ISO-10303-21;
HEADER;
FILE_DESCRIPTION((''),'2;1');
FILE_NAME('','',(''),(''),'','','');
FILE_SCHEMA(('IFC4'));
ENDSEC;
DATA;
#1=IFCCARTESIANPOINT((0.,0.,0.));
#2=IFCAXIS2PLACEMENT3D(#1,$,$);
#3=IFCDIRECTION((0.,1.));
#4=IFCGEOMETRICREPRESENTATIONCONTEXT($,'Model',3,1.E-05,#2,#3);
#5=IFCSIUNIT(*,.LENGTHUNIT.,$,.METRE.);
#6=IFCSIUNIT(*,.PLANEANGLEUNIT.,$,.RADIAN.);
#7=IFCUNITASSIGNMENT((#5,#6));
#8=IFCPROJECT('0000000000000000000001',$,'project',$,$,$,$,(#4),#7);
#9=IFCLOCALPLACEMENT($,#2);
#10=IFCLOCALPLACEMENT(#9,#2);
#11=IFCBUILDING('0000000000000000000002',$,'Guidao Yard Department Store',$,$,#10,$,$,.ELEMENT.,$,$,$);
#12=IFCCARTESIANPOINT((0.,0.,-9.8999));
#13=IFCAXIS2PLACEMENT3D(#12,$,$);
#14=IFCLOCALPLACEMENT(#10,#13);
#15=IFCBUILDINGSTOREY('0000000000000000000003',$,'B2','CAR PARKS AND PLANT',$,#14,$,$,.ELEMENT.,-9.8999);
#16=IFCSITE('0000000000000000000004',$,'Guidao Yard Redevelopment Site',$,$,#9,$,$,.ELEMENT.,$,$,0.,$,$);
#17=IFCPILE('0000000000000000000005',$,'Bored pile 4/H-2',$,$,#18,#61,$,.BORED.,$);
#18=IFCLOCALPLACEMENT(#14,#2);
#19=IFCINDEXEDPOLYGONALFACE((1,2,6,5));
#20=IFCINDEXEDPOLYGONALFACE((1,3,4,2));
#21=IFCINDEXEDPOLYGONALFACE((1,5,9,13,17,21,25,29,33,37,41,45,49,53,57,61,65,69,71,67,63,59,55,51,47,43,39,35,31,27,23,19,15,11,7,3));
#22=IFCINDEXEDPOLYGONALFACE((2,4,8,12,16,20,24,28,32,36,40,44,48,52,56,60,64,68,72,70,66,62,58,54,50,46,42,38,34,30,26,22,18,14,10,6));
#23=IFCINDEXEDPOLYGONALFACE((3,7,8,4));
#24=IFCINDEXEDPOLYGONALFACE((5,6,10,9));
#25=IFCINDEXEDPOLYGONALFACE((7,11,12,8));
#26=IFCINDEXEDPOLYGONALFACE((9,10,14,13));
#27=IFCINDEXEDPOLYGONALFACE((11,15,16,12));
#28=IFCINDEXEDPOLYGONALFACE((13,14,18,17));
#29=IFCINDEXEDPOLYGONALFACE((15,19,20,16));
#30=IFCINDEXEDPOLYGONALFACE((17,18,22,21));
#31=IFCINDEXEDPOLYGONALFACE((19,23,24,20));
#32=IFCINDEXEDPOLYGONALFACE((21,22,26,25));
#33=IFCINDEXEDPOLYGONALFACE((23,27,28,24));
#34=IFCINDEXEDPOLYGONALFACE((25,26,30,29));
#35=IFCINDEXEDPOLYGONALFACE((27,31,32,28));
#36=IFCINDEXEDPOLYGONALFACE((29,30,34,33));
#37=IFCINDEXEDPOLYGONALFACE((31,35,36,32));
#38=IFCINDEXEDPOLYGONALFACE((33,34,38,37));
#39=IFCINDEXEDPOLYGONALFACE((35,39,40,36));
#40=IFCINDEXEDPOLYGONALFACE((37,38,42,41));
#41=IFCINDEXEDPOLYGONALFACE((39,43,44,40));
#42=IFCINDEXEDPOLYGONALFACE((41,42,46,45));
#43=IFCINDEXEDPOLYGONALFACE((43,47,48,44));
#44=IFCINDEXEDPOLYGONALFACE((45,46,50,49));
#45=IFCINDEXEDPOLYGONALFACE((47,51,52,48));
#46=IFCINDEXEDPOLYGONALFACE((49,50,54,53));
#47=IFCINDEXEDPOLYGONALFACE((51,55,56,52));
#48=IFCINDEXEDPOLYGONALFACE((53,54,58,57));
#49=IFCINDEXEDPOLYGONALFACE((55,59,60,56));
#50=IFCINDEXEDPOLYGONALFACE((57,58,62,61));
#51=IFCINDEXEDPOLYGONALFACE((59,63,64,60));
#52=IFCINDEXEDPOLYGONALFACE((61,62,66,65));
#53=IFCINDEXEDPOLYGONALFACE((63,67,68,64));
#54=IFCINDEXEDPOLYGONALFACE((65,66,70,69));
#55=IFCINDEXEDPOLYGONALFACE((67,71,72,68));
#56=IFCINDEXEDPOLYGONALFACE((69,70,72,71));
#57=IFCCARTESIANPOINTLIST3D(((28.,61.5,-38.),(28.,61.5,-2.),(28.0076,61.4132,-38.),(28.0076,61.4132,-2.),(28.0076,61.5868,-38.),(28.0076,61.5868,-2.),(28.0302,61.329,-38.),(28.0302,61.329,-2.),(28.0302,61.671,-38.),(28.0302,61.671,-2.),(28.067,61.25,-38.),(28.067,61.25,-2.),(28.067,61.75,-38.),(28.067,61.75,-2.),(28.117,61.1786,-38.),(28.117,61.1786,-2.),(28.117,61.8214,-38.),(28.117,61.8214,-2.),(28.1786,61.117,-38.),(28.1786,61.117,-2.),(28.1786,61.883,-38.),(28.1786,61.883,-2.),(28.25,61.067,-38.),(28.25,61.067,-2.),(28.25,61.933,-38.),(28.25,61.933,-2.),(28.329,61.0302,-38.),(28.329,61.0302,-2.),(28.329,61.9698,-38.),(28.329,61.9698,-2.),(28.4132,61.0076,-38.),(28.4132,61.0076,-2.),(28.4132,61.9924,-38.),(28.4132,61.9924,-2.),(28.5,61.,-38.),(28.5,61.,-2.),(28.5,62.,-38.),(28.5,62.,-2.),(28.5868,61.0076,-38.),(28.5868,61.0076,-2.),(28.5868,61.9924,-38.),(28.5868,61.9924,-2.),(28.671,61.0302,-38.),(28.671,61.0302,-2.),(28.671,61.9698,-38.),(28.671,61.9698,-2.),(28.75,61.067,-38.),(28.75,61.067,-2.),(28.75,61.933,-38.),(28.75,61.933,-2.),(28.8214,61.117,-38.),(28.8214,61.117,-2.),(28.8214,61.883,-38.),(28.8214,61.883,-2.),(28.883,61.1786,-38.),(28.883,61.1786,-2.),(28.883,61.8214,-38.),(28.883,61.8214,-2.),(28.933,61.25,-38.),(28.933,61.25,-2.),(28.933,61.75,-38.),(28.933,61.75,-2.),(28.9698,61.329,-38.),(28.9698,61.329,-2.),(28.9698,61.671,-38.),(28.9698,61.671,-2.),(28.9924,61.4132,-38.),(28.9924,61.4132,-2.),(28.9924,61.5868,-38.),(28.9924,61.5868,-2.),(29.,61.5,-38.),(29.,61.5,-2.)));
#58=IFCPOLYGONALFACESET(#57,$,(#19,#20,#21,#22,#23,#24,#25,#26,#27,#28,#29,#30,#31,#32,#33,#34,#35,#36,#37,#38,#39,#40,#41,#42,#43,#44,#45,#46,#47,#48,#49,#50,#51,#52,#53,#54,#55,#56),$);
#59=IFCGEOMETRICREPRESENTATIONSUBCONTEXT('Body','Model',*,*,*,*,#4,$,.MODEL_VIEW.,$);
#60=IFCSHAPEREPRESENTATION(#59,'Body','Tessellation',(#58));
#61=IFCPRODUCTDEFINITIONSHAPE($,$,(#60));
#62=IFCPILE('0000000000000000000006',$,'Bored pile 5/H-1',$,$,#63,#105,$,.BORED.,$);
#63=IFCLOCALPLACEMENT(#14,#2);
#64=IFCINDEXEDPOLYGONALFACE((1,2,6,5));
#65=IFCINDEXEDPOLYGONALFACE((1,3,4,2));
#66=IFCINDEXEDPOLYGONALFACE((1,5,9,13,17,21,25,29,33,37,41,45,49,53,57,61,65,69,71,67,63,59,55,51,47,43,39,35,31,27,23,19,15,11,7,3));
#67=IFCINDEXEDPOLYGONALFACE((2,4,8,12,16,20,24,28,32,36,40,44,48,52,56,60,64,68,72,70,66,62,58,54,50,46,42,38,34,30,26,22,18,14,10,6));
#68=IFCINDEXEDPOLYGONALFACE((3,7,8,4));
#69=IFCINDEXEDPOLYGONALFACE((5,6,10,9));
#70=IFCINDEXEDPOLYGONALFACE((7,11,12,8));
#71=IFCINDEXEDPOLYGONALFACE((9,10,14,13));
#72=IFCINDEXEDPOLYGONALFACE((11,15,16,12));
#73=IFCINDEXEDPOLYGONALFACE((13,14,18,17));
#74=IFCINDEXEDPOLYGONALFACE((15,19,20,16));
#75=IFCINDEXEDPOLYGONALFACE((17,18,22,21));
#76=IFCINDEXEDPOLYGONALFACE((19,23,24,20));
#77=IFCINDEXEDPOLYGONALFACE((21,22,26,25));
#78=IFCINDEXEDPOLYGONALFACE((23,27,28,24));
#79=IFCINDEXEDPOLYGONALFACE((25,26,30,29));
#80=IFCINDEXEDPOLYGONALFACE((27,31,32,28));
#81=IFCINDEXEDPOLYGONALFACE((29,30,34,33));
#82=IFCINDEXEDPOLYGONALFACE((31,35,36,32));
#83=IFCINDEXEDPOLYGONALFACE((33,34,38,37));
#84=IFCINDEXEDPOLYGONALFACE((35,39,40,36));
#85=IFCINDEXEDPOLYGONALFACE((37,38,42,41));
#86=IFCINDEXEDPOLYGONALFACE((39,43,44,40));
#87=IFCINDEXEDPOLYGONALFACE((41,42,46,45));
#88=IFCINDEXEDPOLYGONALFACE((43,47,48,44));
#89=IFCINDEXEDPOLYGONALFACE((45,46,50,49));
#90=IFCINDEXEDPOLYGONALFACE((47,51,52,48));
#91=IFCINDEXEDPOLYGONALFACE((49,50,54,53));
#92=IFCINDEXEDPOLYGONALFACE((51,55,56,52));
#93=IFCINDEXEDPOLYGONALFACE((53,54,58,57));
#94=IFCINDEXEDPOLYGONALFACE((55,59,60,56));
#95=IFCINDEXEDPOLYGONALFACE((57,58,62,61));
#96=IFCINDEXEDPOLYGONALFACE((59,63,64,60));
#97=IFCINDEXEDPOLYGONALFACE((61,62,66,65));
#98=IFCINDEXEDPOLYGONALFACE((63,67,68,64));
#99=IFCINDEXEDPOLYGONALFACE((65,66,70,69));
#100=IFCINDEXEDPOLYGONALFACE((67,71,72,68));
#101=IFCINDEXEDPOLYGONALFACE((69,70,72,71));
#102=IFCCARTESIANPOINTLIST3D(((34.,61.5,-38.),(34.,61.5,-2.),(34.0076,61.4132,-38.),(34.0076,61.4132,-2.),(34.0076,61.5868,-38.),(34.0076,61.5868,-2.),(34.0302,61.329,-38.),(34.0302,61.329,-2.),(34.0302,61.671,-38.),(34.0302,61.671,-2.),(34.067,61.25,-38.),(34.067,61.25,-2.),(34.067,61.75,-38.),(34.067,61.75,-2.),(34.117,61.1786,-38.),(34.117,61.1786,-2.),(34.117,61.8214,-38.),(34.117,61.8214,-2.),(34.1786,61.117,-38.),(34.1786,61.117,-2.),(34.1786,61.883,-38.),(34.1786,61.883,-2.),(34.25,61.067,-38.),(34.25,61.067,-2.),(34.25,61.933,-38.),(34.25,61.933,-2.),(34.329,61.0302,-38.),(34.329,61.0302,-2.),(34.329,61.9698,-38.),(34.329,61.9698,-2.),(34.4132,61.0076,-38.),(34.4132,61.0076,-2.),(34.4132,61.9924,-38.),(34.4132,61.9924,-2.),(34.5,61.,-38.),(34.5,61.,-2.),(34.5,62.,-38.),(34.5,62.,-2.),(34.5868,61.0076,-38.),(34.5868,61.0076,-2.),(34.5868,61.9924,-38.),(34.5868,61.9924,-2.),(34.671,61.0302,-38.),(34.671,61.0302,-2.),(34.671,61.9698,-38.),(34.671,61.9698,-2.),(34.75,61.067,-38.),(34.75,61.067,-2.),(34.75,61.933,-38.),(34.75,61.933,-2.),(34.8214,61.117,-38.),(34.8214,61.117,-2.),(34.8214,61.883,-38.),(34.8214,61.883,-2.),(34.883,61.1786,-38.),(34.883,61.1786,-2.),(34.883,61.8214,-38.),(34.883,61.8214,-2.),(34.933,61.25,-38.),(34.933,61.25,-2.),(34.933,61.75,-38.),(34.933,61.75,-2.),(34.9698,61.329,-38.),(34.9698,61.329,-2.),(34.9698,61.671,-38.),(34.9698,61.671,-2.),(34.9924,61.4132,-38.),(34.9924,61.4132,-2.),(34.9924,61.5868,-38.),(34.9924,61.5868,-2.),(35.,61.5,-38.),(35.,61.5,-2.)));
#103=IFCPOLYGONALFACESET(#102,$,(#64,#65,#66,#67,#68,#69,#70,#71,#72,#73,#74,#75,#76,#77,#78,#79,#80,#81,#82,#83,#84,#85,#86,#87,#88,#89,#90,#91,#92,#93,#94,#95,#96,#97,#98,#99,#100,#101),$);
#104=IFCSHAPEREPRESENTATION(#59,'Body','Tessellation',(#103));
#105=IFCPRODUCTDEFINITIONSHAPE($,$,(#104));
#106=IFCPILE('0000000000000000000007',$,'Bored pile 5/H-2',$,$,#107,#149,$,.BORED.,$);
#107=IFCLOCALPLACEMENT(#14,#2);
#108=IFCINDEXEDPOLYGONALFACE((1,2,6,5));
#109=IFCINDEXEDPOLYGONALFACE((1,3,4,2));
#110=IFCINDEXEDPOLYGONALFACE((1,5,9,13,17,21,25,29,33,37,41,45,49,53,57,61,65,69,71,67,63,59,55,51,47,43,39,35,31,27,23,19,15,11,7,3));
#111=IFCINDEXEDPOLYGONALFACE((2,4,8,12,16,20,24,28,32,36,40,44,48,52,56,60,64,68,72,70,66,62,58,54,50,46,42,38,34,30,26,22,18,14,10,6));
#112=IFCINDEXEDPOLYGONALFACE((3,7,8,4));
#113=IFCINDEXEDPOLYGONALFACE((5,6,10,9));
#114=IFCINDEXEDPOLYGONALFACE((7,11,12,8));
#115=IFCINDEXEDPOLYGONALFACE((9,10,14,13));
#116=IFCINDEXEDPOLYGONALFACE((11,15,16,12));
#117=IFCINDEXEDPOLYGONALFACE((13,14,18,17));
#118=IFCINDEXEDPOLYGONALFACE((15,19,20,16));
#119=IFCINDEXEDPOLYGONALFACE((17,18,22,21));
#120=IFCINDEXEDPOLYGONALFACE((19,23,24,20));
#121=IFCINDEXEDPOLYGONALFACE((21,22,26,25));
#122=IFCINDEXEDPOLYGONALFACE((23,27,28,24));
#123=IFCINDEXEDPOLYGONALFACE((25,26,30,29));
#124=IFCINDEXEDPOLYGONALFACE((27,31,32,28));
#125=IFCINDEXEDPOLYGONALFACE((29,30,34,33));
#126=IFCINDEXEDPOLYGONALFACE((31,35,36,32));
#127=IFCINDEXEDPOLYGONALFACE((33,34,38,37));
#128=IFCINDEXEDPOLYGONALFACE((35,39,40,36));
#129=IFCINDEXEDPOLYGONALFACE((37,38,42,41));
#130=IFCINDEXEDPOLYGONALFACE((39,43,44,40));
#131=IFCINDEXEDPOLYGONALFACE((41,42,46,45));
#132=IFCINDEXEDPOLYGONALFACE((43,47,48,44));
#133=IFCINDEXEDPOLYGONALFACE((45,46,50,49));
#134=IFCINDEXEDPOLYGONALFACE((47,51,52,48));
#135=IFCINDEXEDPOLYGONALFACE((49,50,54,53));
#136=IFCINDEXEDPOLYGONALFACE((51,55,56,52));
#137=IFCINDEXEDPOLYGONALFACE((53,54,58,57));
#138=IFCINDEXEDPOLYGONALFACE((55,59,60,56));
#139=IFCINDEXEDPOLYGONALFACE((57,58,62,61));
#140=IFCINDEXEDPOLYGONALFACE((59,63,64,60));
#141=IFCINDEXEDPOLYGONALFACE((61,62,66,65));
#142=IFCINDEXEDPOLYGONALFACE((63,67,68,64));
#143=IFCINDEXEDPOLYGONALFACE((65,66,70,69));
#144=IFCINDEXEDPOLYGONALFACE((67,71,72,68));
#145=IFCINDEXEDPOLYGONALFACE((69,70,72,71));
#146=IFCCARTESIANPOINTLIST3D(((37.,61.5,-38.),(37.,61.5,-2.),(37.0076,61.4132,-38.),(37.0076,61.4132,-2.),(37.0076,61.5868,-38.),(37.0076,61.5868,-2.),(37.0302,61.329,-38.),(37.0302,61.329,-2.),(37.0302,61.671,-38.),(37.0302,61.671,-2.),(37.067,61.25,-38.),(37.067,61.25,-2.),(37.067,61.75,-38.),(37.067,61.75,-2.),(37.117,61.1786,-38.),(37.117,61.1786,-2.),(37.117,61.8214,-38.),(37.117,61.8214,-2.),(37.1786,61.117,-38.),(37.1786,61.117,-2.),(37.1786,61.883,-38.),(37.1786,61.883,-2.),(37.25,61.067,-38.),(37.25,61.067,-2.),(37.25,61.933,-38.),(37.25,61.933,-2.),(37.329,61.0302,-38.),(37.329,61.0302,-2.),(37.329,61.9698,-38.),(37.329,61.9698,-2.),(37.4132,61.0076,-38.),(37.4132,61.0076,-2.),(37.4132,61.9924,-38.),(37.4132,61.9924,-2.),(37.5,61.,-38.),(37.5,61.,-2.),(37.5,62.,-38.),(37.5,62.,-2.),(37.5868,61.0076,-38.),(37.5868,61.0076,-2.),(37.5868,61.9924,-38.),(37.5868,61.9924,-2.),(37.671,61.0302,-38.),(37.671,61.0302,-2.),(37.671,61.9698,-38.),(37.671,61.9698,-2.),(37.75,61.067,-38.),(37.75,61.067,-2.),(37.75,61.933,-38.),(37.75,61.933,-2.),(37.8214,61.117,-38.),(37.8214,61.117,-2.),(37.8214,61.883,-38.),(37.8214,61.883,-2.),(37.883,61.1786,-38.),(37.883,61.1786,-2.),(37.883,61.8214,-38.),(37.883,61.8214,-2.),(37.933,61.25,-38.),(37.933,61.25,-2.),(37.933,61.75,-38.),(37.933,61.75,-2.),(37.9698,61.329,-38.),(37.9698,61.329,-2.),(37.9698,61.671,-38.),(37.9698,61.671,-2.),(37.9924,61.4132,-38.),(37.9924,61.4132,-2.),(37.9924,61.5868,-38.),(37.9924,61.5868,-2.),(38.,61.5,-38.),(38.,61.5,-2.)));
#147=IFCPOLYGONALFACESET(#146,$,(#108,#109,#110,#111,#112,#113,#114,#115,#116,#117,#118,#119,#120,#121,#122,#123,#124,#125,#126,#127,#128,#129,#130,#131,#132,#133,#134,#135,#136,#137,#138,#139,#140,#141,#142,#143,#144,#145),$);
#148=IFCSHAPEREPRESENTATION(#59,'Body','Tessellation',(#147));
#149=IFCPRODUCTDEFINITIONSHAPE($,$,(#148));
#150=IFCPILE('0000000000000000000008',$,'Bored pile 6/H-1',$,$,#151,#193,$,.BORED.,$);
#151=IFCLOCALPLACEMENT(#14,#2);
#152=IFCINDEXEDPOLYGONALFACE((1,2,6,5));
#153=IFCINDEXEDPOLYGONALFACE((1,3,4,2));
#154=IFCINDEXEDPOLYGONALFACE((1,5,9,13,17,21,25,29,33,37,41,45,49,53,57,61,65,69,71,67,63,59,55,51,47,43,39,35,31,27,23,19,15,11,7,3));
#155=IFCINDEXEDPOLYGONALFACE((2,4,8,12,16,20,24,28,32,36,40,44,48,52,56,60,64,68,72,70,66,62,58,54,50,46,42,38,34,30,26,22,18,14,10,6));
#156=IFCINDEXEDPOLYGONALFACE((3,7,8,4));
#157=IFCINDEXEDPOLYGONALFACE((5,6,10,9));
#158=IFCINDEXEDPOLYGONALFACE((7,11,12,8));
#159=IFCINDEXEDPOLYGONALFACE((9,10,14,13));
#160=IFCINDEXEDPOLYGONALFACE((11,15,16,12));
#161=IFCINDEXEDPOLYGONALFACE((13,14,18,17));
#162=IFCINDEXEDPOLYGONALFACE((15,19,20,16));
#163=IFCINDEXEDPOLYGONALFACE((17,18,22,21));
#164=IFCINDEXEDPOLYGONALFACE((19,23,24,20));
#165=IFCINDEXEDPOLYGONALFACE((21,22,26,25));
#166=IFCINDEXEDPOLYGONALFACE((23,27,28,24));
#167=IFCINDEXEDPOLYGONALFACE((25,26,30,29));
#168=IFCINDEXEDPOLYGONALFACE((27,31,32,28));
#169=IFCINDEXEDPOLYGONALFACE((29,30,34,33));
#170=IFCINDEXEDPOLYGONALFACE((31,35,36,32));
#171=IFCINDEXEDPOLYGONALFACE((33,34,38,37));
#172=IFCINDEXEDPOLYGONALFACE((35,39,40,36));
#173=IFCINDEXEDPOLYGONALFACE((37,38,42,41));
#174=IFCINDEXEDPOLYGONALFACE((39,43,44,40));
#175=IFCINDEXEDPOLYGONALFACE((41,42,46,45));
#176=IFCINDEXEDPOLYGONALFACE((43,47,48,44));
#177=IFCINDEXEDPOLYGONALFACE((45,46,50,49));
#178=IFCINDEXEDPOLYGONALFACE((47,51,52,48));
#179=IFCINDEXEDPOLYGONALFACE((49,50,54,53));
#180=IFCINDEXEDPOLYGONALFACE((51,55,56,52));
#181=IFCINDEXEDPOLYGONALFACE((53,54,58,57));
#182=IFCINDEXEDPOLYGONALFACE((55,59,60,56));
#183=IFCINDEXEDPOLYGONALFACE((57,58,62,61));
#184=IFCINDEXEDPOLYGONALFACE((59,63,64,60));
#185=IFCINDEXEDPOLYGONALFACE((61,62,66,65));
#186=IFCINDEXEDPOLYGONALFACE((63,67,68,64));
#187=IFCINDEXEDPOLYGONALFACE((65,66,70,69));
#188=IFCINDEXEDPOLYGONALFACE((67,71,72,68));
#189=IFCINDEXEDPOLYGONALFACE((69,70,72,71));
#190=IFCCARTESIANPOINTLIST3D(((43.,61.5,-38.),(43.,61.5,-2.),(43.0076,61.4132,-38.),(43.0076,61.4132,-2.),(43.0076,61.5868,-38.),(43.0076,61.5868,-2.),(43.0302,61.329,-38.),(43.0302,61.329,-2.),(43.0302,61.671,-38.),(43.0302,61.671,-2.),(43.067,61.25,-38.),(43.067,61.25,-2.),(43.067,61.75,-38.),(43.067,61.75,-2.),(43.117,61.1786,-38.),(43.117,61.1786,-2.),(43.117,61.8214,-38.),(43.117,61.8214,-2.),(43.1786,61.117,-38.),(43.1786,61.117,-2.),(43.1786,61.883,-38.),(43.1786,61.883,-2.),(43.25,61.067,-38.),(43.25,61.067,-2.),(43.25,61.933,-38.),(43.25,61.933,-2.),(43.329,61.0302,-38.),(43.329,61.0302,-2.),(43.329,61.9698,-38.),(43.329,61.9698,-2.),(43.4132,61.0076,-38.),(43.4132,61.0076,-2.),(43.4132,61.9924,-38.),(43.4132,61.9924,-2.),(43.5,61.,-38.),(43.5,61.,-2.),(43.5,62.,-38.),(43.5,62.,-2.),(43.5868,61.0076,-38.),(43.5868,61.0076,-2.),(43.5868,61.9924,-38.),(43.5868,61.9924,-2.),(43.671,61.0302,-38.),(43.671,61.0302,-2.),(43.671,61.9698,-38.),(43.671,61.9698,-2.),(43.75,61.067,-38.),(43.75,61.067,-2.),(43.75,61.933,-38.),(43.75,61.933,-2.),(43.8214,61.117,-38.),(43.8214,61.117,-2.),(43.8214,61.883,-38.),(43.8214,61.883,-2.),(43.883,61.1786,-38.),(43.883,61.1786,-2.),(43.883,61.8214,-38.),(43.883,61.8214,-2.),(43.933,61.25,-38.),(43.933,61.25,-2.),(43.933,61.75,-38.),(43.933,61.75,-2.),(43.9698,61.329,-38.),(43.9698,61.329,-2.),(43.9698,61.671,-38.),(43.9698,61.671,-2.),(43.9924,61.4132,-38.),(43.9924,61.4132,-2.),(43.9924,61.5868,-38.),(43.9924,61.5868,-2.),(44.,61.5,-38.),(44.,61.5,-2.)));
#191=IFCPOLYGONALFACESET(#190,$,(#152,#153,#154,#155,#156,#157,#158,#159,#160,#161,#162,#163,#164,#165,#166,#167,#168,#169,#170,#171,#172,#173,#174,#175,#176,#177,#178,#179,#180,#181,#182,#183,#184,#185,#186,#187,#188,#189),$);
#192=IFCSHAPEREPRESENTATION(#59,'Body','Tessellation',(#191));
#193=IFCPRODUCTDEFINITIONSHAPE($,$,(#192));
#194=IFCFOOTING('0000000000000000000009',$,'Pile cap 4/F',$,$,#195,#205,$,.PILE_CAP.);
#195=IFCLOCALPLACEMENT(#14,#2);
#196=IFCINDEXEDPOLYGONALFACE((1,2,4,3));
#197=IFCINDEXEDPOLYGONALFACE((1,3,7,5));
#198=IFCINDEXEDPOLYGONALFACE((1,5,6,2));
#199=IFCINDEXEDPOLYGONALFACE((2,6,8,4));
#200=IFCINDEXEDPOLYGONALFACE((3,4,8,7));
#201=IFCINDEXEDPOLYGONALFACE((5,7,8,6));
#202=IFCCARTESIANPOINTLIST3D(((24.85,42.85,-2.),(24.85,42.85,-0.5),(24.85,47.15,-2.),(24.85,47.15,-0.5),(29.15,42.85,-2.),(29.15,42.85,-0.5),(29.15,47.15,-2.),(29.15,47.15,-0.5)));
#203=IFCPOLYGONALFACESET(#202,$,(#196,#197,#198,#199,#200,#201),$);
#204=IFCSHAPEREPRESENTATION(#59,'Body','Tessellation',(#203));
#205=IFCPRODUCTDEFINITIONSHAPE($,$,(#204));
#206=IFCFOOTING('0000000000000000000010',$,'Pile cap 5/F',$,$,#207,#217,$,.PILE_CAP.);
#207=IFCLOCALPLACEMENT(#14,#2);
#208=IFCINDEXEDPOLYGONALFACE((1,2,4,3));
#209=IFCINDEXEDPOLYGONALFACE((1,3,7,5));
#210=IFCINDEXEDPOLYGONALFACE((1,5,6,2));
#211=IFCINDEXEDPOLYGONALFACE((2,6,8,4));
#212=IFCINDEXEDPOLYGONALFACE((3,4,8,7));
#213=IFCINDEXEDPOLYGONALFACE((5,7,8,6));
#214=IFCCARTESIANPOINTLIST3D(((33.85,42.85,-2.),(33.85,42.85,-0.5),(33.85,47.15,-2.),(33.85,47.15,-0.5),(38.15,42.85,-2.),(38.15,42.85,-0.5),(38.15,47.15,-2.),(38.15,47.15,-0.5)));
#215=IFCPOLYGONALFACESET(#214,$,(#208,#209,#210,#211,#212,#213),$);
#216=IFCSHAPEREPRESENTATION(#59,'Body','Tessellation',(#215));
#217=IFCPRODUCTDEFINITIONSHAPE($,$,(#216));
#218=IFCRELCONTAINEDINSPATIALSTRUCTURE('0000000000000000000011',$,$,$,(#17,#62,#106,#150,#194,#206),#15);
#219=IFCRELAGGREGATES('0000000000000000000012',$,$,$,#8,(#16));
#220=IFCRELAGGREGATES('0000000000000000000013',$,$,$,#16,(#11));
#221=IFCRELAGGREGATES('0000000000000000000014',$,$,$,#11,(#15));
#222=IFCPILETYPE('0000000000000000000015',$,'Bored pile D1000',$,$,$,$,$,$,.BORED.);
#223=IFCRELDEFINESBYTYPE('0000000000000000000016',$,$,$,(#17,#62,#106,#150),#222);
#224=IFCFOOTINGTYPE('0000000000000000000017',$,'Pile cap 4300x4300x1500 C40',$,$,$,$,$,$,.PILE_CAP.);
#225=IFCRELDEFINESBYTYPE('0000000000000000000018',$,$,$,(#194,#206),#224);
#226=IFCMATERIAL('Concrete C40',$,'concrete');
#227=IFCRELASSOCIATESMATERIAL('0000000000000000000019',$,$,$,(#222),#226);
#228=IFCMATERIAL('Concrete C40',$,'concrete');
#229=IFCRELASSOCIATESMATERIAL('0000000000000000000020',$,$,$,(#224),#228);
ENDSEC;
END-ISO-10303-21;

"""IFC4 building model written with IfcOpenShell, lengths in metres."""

from ifc_helpers import new_model, si_unit, direction, frame, origin, origin_2d, place, context, subcontext, project, spatial, rectangle, circle, extrude, material, material_profile, profile_set, type_object, element, save


model = new_model("IFC4")

# Units and contexts
model_context = context("Model", 3, precision=1e-05, world=origin(), true_north=direction((0.0, 1.0)))
body_context = subcontext(model_context, "Body", "Model", "MODEL_VIEW")
ifc_project = project(units=[si_unit("LENGTHUNIT", "METRE"), si_unit("PLANEANGLEUNIT", "RADIAN")], contexts=[model_context])

# Site, building, storey
site_placement = place(None, origin())
site = spatial("IfcSite", under=ifc_project, at=site_placement, Name="Guidao Yard Redevelopment Site", CompositionType="ELEMENT", RefElevation=0.0)
building_placement = place(site_placement, origin())
building = spatial("IfcBuilding", under=site, at=building_placement, Name="Guidao Yard Department Store", CompositionType="ELEMENT")
storey_placement = place(building_placement, frame((0.0, 0.0, -9.8999)))
storey = spatial("IfcBuildingStorey", under=building, at=storey_placement, Name="B2", Description="CAR PARKS AND PLANT", CompositionType="ELEMENT", Elevation=-9.8999)

# Piles
ifc_material_1 = material(Name="Concrete C40", Category="concrete")
ifc_material_profile_1 = material_profile(ifc_material_1, circle(Radius=0.5, at=origin_2d()), Name="Bored pile D1000")
ifc_profile_set_1 = profile_set([ifc_material_profile_1], Name="Concrete C40")
pile_type = type_object("IfcPileType", Name="Bored pile D1000", PredefinedType="BORED", material=ifc_profile_set_1)
for number, where, z_axis, x_axis, name in (
    (1, (28.5, 61.5, -2.0), (0.0, 0.0, -1.0), (1.0, 0.0, 0.0), "Bored pile 4/H-2"),
    (2, (34.5, 61.5, -2.0), (0.0, 0.0, -1.0), (1.0, 0.0, 0.0), "Bored pile 5/H-1"),
    (3, (37.5, 61.5, -2.0), (0.0, 0.0, -1.0), (1.0, 0.0, 0.0), "Bored pile 5/H-2"),
    (4, (43.5, 61.5, -2.0), (0.0, 0.0, -1.0), (1.0, 0.0, 0.0), "Bored pile 6/H-1"),
):
    element("IfcPile", number, at=place(storey_placement, frame(where, z_axis=z_axis, x_axis=x_axis)), inside=storey, type_object=pile_type, Name=name, PredefinedType="BORED", context=body_context, shape_type="SweptSolid", body=[
        extrude(circle(Radius=0.5, at=origin_2d()), origin(), (0.0, 0.0, 1.0), 36.0),
    ])

# Footings
ifc_material_2 = material(Name="Concrete C40", Category="concrete")
footing_type = type_object("IfcFootingType", Name="Pile cap 4300x4300x1500 C40", PredefinedType="PILE_CAP", material=ifc_material_2)
for number, where, z_axis, x_axis, name in (
    (5, (27.0, 45.0, -2.0), (0.0, 0.0, 1.0), (1.0, 0.0, 0.0), "Pile cap 4/F"),
    (6, (36.0, 45.0, -2.0), (0.0, 0.0, 1.0), (1.0, 0.0, 0.0), "Pile cap 5/F"),
):
    element("IfcFooting", number, at=place(storey_placement, frame(where, z_axis=z_axis, x_axis=x_axis)), inside=storey, type_object=footing_type, Name=name, PredefinedType="PILE_CAP", context=body_context, shape_type="SweptSolid", body=[
        extrude(rectangle(XDim=4.3, YDim=4.3, at=origin_2d()), origin(), (0.0, 0.0, 1.0), 1.5),
    ])

save(model, "model.ifc")
